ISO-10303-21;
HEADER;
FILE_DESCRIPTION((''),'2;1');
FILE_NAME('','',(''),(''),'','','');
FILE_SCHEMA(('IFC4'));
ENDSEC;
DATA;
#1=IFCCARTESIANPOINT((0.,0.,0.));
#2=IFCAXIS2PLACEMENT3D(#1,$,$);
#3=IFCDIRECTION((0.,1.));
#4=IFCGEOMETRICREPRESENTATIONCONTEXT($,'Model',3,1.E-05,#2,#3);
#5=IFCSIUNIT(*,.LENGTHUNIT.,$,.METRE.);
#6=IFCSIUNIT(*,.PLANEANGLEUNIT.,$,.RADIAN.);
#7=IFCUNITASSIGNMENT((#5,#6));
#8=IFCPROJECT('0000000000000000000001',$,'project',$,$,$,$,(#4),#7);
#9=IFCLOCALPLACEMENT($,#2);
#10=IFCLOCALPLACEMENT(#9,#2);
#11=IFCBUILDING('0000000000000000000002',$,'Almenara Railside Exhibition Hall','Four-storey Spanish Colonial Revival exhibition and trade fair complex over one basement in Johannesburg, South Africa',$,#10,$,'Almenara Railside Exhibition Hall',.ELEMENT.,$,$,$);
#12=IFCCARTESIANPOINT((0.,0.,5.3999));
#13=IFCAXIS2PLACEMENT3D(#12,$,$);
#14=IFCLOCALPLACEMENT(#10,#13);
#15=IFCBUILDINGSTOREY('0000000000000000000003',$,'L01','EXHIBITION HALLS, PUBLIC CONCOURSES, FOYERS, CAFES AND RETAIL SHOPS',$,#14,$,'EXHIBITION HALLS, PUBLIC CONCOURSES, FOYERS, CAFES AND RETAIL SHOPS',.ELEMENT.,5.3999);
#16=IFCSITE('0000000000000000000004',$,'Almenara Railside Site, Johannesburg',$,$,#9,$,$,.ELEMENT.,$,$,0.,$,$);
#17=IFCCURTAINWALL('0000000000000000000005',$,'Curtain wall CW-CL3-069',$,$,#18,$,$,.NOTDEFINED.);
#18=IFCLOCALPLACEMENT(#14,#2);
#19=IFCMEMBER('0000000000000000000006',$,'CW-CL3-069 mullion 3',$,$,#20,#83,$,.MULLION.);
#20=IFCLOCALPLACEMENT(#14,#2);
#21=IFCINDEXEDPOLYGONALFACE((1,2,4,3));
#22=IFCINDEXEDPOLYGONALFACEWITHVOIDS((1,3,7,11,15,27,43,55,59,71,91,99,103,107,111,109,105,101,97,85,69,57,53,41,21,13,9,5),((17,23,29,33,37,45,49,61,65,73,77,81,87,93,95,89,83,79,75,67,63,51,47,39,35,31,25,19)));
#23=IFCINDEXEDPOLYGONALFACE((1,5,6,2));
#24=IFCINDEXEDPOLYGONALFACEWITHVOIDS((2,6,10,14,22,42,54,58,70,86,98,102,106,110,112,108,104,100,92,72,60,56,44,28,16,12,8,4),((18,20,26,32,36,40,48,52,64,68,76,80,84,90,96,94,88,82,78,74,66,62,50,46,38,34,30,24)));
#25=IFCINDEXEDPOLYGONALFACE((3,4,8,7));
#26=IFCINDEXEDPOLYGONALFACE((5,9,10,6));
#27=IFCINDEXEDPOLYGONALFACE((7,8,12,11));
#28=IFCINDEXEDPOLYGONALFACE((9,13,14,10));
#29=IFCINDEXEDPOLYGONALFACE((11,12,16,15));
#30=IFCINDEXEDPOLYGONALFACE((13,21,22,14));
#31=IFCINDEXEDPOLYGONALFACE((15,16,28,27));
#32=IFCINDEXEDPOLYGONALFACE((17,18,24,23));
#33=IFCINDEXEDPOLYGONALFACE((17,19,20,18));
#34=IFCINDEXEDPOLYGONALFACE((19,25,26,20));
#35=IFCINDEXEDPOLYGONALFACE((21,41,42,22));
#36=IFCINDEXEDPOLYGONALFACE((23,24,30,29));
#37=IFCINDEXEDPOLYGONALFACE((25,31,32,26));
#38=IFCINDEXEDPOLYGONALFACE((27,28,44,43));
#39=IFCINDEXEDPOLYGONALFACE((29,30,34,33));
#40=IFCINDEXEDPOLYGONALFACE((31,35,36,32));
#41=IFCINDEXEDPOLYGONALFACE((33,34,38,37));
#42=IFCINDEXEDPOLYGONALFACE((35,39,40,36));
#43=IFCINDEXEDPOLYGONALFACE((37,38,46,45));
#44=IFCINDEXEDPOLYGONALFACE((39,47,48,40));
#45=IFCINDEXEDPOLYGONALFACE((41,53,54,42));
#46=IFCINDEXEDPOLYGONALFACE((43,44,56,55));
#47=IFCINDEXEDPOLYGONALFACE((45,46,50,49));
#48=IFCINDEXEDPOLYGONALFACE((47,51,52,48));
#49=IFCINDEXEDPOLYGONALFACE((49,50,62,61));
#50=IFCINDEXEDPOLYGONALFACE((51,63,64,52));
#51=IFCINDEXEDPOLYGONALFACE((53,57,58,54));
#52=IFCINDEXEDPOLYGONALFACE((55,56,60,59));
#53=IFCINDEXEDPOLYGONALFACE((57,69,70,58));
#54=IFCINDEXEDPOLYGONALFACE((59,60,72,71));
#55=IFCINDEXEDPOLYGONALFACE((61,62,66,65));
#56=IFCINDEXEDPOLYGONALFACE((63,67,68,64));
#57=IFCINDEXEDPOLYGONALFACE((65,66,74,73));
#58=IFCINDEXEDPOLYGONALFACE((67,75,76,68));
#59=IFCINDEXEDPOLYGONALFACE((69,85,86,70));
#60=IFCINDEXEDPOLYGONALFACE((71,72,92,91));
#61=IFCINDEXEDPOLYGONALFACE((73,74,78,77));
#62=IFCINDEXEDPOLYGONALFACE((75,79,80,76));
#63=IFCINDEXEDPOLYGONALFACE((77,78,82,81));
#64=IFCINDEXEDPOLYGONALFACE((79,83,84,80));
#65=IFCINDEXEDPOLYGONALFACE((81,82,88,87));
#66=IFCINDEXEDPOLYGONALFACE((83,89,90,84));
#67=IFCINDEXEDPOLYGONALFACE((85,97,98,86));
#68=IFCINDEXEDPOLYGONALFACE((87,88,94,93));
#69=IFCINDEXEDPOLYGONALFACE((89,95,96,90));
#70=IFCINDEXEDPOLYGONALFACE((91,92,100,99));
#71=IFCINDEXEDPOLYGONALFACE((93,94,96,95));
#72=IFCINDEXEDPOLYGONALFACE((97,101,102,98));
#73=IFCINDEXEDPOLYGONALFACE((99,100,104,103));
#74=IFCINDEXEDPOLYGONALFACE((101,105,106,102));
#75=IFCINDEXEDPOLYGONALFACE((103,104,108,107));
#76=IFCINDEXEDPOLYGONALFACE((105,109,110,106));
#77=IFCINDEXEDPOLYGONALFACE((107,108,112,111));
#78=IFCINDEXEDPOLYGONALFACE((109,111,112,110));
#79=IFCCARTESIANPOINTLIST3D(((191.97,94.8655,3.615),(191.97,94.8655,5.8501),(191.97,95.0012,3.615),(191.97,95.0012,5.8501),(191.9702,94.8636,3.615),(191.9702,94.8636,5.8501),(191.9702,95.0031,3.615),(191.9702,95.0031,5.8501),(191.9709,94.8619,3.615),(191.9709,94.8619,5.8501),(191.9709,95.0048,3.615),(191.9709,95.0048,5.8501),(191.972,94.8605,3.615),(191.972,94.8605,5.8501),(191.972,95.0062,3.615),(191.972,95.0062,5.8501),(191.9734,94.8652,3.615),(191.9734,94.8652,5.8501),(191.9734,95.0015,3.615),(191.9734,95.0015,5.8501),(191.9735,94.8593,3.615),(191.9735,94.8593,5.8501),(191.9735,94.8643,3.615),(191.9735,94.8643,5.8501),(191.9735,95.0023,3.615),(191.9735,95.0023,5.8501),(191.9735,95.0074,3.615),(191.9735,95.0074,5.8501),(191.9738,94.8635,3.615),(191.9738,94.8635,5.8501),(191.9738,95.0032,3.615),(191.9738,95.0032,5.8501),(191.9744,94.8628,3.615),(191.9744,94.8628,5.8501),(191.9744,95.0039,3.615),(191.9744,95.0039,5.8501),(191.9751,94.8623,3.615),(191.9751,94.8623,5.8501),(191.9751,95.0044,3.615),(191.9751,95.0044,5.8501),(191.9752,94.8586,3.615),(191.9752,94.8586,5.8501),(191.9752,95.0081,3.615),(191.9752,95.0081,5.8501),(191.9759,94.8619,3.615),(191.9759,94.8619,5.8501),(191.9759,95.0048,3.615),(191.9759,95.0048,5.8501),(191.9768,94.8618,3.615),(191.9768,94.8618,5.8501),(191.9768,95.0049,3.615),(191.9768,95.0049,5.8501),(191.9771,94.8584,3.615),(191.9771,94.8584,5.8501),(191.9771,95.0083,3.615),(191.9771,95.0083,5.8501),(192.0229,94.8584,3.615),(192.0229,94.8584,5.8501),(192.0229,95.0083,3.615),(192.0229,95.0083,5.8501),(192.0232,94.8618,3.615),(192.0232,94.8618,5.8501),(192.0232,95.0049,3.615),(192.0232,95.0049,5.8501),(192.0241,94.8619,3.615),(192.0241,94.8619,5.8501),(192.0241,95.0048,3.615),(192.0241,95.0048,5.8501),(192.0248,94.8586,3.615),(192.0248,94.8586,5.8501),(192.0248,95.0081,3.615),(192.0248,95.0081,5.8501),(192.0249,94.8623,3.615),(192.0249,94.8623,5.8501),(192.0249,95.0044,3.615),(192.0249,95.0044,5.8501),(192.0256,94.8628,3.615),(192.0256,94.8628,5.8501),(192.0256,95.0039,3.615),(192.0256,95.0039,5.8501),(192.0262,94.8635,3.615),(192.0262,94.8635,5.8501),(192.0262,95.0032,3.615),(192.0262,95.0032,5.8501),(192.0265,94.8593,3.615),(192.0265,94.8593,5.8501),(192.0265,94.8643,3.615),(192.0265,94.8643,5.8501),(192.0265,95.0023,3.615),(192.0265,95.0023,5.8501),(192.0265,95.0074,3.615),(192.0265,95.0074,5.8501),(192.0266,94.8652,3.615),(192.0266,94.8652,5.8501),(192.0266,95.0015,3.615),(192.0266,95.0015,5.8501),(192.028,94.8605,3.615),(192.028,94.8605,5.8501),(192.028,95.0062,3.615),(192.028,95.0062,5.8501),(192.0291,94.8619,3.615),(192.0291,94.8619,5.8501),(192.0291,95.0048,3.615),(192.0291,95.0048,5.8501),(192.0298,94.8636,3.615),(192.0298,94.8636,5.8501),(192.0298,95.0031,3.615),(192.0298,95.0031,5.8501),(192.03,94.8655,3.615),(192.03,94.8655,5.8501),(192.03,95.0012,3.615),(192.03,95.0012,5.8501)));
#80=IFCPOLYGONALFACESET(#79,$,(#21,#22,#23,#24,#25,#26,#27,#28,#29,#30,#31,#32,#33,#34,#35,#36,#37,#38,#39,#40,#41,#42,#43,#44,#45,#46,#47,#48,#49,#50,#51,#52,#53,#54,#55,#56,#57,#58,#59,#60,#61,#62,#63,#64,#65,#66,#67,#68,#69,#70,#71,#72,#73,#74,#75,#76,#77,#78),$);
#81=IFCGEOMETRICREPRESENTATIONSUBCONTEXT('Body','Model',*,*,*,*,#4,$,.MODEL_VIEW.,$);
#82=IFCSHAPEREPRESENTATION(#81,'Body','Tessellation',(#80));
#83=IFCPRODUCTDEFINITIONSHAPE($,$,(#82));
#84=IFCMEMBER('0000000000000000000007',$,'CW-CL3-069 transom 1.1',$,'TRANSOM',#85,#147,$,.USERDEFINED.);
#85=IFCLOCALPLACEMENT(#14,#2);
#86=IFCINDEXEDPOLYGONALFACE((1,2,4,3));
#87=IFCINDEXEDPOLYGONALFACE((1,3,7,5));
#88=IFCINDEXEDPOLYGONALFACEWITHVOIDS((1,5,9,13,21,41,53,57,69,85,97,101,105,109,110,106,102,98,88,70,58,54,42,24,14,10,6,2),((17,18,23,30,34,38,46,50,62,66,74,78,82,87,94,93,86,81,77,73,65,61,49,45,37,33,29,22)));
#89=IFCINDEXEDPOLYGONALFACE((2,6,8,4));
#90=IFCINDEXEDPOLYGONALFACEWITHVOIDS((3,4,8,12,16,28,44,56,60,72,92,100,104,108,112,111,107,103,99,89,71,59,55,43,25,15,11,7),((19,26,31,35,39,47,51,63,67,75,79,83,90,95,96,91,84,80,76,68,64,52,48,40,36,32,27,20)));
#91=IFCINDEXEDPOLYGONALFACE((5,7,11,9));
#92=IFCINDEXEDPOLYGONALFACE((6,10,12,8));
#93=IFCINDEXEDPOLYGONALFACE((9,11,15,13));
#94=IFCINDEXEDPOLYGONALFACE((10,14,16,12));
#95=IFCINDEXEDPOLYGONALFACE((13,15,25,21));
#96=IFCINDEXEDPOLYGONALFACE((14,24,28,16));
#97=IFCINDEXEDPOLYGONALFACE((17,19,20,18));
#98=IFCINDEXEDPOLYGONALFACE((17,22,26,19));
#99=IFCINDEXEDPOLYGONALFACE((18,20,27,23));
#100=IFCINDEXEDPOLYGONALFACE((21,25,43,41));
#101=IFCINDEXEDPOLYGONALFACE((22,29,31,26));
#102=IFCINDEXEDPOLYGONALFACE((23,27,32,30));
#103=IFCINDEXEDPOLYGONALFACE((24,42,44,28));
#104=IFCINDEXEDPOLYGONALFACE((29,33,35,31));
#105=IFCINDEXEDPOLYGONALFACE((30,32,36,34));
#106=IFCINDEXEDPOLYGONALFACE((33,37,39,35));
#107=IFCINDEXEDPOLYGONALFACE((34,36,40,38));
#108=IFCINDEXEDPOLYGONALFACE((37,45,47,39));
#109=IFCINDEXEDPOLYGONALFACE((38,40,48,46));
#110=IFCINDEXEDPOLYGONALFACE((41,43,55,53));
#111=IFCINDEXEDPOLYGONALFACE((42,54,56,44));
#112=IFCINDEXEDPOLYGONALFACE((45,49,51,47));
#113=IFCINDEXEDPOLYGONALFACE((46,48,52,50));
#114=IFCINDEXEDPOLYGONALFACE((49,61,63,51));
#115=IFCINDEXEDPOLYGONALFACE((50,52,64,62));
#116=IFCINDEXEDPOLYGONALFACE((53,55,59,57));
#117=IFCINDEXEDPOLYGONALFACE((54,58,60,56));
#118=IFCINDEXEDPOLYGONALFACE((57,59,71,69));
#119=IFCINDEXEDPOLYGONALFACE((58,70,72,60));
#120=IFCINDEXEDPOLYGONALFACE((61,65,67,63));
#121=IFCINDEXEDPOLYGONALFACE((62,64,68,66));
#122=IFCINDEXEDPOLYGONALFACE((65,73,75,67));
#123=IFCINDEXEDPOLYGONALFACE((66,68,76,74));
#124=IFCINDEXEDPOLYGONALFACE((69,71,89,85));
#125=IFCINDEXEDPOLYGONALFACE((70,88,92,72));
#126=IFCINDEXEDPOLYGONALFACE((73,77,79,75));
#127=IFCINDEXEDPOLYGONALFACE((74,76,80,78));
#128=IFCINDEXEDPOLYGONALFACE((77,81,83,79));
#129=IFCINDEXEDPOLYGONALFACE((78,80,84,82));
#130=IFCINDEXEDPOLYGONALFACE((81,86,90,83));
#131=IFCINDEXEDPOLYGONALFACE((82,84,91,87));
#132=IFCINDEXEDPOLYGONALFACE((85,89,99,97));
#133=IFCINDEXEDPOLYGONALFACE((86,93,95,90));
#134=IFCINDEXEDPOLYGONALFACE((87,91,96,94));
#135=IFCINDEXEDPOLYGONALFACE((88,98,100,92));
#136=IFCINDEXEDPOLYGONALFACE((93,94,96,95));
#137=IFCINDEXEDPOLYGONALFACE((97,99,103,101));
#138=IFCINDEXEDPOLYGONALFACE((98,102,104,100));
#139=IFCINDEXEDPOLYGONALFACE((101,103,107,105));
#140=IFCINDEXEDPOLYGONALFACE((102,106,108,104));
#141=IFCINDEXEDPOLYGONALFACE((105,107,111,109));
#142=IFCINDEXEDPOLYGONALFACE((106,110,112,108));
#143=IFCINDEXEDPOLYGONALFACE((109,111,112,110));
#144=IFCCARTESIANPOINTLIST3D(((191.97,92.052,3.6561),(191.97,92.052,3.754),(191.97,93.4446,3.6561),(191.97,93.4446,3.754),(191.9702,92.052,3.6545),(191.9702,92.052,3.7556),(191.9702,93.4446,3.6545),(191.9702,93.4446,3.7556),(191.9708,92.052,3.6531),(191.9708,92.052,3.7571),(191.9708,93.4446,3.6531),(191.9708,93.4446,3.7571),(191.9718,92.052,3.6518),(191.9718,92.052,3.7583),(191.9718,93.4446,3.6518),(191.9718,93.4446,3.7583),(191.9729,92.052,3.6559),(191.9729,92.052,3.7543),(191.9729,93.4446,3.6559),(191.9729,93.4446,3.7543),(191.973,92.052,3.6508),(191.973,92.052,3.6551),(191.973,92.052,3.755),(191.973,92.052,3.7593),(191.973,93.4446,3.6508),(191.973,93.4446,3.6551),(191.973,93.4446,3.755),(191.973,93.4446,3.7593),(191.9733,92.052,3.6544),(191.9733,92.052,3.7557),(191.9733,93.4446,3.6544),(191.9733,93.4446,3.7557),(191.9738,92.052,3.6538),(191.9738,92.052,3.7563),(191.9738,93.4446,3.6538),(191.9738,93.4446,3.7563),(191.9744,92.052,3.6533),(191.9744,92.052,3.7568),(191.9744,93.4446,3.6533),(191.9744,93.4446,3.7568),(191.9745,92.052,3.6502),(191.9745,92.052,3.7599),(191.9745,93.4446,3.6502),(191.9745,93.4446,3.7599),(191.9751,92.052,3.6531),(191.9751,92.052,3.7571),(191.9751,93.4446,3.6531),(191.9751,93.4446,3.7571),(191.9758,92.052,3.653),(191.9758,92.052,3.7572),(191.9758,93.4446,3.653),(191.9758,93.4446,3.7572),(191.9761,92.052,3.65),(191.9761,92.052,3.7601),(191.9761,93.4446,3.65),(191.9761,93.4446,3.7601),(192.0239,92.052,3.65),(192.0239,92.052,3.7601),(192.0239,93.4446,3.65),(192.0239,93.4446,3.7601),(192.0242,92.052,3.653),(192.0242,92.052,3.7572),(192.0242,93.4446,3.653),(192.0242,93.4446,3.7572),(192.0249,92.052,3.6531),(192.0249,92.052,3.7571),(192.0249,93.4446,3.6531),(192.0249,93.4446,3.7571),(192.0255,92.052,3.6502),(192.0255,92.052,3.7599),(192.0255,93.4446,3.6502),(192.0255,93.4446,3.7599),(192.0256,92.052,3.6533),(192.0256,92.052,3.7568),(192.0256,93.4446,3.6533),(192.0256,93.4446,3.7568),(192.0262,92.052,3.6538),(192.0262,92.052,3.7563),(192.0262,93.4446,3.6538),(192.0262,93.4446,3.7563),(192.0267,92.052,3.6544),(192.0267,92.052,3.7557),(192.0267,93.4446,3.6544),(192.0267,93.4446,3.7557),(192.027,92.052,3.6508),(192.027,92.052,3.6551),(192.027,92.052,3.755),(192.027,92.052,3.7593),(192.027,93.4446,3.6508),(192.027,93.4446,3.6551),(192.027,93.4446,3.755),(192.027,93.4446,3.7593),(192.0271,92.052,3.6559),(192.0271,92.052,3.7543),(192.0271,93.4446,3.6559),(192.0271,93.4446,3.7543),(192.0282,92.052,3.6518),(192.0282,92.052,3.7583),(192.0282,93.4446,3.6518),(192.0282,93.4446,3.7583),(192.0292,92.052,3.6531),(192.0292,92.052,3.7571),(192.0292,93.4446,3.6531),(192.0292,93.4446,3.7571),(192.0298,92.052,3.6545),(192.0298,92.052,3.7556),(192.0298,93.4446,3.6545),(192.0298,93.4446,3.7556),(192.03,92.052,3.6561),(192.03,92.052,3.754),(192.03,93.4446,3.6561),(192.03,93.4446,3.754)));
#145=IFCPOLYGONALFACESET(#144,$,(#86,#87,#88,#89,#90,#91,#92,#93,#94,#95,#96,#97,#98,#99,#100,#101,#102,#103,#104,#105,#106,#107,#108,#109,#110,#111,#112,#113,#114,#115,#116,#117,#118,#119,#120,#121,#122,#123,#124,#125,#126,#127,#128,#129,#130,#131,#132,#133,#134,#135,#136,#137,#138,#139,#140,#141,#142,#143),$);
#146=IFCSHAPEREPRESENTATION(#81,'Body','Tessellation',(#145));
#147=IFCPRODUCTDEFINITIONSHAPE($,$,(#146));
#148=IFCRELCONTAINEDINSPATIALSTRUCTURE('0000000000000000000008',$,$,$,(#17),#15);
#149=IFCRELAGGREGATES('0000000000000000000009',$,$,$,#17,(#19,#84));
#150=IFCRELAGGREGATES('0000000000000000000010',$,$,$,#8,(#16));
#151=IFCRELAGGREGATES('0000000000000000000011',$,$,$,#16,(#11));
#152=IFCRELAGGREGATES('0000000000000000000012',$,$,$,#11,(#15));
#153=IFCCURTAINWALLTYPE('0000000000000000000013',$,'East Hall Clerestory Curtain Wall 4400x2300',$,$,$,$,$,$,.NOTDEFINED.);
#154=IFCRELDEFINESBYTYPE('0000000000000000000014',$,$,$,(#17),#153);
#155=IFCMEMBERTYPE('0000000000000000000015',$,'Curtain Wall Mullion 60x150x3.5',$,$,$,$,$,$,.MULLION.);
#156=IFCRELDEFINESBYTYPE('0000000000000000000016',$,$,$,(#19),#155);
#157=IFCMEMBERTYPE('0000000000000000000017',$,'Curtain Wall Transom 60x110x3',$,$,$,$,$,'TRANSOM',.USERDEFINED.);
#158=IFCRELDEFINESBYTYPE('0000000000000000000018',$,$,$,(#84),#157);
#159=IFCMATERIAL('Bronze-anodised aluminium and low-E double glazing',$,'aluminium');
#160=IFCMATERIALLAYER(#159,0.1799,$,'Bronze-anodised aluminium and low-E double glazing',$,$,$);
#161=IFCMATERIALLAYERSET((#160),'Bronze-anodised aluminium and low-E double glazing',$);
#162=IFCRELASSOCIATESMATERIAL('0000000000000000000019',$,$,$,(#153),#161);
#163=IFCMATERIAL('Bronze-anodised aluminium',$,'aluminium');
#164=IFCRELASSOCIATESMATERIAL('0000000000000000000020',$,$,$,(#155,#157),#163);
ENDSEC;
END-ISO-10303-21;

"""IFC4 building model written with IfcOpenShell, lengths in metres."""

from ifc_helpers import new_model, si_unit, direction, frame, origin, origin_2d, place, context, subcontext, project, spatial, hollow_rectangle, extrude, material, layer, layer_set, material_profile, profile_set, type_object, element, aggregate, save


model = new_model("IFC4")

# Units and contexts
model_context = context("Model", 3, precision=1e-05, world=origin(), true_north=direction((0.0, 1.0)))
body_context = subcontext(model_context, "Body", "Model", "MODEL_VIEW")
ifc_project = project(units=[si_unit("LENGTHUNIT", "METRE"), si_unit("PLANEANGLEUNIT", "RADIAN")], contexts=[model_context])

# Site, building, storey
site_placement = place(None, origin())
site = spatial("IfcSite", under=ifc_project, at=site_placement, Name="Almenara Railside Site, Johannesburg", CompositionType="ELEMENT", RefElevation=0.0)
building_placement = place(site_placement, origin())
building = spatial("IfcBuilding", under=site, at=building_placement, Name="Almenara Railside Exhibition Hall", Description="Four-storey Spanish Colonial Revival exhibition and trade fair complex over one basement in Johannesburg, South Africa", LongName="Almenara Railside Exhibition Hall", CompositionType="ELEMENT")
storey_placement = place(building_placement, frame((0.0, 0.0, 5.3999)))
storey = spatial("IfcBuildingStorey", under=building, at=storey_placement, Name="L01", Description="EXHIBITION HALLS, PUBLIC CONCOURSES, FOYERS, CAFES AND RETAIL SHOPS", LongName="EXHIBITION HALLS, PUBLIC CONCOURSES, FOYERS, CAFES AND RETAIL SHOPS", CompositionType="ELEMENT", Elevation=5.3999)

# Curtain wall, members
ifc_material_1 = material(Name="Bronze-anodised aluminium and low-E double glazing", Category="aluminium")
ifc_layer_1 = layer(ifc_material_1, 0.1799, Name="Bronze-anodised aluminium and low-E double glazing")
ifc_layer_set_1 = layer_set([ifc_layer_1], Name="Bronze-anodised aluminium and low-E double glazing")
curtain_wall_type = type_object("IfcCurtainWallType", Name="East Hall Clerestory Curtain Wall 4400x2300", PredefinedType="NOTDEFINED", material=ifc_layer_set_1)
curtain_wall_placement = place(storey_placement, origin())
curtain_wall = element("IfcCurtainWall", 1, at=curtain_wall_placement, inside=storey, type_object=curtain_wall_type, Name="Curtain wall CW-CL3-069", PredefinedType="NOTDEFINED")
ifc_material_2 = material(Name="Bronze-anodised aluminium", Category="aluminium")
ifc_material_profile_1 = material_profile(ifc_material_2, hollow_rectangle(XDim=0.0601, YDim=0.1499, WallThickness=0.0034, InnerFilletRadius=0.0034, OuterFilletRadius=0.0071, at=origin_2d()), Name="ALU-MUL 60x150x3.5")
ifc_profile_set_1 = profile_set([ifc_material_profile_1], Name="Bronze-anodised aluminium")
member_type_1 = type_object("IfcMemberType", Name="Curtain Wall Mullion 60x150x3.5", PredefinedType="MULLION", material=ifc_profile_set_1)
member_1_placement = place(storey_placement, frame((192.0, 94.9333, 3.615), z_axis=(0.0, 0.0, 1.0), x_axis=(-1.0, 0.0, 0.0)))
member_1 = element("IfcMember", 2, at=member_1_placement, type_object=member_type_1, Name="CW-CL3-069 mullion 3", PredefinedType="MULLION", context=body_context, shape_type="SweptSolid", body=[
    extrude(hollow_rectangle(XDim=0.0601, YDim=0.1499, WallThickness=0.0034, InnerFilletRadius=0.0034, OuterFilletRadius=0.0071, at=origin_2d()), origin(), (0.0, 0.0, 1.0), 2.2351),
])
ifc_material_profile_2 = material_profile(ifc_material_2, hollow_rectangle(XDim=0.0601, YDim=0.1101, WallThickness=0.0029, InnerFilletRadius=0.0029, OuterFilletRadius=0.0061, at=origin_2d()), Name="ALU-TRN 60x110x3")
ifc_profile_set_2 = profile_set([ifc_material_profile_2], Name="Bronze-anodised aluminium")
member_type_2 = type_object("IfcMemberType", Name="Curtain Wall Transom 60x110x3", ElementType="TRANSOM", PredefinedType="USERDEFINED", material=ifc_profile_set_2)
member_2_placement = place(storey_placement, frame((192.0, 92.052, 3.7051), z_axis=(0.0, 1.0, 0.0), x_axis=(-1.0, 0.0, 0.0)))
member_2 = element("IfcMember", 3, at=member_2_placement, type_object=member_type_2, Name="CW-CL3-069 transom 1.1", ObjectType="TRANSOM", PredefinedType="USERDEFINED", context=body_context, shape_type="SweptSolid", body=[
    extrude(hollow_rectangle(XDim=0.0601, YDim=0.1101, WallThickness=0.0029, InnerFilletRadius=0.0029, OuterFilletRadius=0.0061, at=origin_2d()), origin(), (0.0, 0.0, 1.0), 1.3926),
])

aggregate(curtain_wall, [member_1, member_2])

save(model, "model.ifc")
